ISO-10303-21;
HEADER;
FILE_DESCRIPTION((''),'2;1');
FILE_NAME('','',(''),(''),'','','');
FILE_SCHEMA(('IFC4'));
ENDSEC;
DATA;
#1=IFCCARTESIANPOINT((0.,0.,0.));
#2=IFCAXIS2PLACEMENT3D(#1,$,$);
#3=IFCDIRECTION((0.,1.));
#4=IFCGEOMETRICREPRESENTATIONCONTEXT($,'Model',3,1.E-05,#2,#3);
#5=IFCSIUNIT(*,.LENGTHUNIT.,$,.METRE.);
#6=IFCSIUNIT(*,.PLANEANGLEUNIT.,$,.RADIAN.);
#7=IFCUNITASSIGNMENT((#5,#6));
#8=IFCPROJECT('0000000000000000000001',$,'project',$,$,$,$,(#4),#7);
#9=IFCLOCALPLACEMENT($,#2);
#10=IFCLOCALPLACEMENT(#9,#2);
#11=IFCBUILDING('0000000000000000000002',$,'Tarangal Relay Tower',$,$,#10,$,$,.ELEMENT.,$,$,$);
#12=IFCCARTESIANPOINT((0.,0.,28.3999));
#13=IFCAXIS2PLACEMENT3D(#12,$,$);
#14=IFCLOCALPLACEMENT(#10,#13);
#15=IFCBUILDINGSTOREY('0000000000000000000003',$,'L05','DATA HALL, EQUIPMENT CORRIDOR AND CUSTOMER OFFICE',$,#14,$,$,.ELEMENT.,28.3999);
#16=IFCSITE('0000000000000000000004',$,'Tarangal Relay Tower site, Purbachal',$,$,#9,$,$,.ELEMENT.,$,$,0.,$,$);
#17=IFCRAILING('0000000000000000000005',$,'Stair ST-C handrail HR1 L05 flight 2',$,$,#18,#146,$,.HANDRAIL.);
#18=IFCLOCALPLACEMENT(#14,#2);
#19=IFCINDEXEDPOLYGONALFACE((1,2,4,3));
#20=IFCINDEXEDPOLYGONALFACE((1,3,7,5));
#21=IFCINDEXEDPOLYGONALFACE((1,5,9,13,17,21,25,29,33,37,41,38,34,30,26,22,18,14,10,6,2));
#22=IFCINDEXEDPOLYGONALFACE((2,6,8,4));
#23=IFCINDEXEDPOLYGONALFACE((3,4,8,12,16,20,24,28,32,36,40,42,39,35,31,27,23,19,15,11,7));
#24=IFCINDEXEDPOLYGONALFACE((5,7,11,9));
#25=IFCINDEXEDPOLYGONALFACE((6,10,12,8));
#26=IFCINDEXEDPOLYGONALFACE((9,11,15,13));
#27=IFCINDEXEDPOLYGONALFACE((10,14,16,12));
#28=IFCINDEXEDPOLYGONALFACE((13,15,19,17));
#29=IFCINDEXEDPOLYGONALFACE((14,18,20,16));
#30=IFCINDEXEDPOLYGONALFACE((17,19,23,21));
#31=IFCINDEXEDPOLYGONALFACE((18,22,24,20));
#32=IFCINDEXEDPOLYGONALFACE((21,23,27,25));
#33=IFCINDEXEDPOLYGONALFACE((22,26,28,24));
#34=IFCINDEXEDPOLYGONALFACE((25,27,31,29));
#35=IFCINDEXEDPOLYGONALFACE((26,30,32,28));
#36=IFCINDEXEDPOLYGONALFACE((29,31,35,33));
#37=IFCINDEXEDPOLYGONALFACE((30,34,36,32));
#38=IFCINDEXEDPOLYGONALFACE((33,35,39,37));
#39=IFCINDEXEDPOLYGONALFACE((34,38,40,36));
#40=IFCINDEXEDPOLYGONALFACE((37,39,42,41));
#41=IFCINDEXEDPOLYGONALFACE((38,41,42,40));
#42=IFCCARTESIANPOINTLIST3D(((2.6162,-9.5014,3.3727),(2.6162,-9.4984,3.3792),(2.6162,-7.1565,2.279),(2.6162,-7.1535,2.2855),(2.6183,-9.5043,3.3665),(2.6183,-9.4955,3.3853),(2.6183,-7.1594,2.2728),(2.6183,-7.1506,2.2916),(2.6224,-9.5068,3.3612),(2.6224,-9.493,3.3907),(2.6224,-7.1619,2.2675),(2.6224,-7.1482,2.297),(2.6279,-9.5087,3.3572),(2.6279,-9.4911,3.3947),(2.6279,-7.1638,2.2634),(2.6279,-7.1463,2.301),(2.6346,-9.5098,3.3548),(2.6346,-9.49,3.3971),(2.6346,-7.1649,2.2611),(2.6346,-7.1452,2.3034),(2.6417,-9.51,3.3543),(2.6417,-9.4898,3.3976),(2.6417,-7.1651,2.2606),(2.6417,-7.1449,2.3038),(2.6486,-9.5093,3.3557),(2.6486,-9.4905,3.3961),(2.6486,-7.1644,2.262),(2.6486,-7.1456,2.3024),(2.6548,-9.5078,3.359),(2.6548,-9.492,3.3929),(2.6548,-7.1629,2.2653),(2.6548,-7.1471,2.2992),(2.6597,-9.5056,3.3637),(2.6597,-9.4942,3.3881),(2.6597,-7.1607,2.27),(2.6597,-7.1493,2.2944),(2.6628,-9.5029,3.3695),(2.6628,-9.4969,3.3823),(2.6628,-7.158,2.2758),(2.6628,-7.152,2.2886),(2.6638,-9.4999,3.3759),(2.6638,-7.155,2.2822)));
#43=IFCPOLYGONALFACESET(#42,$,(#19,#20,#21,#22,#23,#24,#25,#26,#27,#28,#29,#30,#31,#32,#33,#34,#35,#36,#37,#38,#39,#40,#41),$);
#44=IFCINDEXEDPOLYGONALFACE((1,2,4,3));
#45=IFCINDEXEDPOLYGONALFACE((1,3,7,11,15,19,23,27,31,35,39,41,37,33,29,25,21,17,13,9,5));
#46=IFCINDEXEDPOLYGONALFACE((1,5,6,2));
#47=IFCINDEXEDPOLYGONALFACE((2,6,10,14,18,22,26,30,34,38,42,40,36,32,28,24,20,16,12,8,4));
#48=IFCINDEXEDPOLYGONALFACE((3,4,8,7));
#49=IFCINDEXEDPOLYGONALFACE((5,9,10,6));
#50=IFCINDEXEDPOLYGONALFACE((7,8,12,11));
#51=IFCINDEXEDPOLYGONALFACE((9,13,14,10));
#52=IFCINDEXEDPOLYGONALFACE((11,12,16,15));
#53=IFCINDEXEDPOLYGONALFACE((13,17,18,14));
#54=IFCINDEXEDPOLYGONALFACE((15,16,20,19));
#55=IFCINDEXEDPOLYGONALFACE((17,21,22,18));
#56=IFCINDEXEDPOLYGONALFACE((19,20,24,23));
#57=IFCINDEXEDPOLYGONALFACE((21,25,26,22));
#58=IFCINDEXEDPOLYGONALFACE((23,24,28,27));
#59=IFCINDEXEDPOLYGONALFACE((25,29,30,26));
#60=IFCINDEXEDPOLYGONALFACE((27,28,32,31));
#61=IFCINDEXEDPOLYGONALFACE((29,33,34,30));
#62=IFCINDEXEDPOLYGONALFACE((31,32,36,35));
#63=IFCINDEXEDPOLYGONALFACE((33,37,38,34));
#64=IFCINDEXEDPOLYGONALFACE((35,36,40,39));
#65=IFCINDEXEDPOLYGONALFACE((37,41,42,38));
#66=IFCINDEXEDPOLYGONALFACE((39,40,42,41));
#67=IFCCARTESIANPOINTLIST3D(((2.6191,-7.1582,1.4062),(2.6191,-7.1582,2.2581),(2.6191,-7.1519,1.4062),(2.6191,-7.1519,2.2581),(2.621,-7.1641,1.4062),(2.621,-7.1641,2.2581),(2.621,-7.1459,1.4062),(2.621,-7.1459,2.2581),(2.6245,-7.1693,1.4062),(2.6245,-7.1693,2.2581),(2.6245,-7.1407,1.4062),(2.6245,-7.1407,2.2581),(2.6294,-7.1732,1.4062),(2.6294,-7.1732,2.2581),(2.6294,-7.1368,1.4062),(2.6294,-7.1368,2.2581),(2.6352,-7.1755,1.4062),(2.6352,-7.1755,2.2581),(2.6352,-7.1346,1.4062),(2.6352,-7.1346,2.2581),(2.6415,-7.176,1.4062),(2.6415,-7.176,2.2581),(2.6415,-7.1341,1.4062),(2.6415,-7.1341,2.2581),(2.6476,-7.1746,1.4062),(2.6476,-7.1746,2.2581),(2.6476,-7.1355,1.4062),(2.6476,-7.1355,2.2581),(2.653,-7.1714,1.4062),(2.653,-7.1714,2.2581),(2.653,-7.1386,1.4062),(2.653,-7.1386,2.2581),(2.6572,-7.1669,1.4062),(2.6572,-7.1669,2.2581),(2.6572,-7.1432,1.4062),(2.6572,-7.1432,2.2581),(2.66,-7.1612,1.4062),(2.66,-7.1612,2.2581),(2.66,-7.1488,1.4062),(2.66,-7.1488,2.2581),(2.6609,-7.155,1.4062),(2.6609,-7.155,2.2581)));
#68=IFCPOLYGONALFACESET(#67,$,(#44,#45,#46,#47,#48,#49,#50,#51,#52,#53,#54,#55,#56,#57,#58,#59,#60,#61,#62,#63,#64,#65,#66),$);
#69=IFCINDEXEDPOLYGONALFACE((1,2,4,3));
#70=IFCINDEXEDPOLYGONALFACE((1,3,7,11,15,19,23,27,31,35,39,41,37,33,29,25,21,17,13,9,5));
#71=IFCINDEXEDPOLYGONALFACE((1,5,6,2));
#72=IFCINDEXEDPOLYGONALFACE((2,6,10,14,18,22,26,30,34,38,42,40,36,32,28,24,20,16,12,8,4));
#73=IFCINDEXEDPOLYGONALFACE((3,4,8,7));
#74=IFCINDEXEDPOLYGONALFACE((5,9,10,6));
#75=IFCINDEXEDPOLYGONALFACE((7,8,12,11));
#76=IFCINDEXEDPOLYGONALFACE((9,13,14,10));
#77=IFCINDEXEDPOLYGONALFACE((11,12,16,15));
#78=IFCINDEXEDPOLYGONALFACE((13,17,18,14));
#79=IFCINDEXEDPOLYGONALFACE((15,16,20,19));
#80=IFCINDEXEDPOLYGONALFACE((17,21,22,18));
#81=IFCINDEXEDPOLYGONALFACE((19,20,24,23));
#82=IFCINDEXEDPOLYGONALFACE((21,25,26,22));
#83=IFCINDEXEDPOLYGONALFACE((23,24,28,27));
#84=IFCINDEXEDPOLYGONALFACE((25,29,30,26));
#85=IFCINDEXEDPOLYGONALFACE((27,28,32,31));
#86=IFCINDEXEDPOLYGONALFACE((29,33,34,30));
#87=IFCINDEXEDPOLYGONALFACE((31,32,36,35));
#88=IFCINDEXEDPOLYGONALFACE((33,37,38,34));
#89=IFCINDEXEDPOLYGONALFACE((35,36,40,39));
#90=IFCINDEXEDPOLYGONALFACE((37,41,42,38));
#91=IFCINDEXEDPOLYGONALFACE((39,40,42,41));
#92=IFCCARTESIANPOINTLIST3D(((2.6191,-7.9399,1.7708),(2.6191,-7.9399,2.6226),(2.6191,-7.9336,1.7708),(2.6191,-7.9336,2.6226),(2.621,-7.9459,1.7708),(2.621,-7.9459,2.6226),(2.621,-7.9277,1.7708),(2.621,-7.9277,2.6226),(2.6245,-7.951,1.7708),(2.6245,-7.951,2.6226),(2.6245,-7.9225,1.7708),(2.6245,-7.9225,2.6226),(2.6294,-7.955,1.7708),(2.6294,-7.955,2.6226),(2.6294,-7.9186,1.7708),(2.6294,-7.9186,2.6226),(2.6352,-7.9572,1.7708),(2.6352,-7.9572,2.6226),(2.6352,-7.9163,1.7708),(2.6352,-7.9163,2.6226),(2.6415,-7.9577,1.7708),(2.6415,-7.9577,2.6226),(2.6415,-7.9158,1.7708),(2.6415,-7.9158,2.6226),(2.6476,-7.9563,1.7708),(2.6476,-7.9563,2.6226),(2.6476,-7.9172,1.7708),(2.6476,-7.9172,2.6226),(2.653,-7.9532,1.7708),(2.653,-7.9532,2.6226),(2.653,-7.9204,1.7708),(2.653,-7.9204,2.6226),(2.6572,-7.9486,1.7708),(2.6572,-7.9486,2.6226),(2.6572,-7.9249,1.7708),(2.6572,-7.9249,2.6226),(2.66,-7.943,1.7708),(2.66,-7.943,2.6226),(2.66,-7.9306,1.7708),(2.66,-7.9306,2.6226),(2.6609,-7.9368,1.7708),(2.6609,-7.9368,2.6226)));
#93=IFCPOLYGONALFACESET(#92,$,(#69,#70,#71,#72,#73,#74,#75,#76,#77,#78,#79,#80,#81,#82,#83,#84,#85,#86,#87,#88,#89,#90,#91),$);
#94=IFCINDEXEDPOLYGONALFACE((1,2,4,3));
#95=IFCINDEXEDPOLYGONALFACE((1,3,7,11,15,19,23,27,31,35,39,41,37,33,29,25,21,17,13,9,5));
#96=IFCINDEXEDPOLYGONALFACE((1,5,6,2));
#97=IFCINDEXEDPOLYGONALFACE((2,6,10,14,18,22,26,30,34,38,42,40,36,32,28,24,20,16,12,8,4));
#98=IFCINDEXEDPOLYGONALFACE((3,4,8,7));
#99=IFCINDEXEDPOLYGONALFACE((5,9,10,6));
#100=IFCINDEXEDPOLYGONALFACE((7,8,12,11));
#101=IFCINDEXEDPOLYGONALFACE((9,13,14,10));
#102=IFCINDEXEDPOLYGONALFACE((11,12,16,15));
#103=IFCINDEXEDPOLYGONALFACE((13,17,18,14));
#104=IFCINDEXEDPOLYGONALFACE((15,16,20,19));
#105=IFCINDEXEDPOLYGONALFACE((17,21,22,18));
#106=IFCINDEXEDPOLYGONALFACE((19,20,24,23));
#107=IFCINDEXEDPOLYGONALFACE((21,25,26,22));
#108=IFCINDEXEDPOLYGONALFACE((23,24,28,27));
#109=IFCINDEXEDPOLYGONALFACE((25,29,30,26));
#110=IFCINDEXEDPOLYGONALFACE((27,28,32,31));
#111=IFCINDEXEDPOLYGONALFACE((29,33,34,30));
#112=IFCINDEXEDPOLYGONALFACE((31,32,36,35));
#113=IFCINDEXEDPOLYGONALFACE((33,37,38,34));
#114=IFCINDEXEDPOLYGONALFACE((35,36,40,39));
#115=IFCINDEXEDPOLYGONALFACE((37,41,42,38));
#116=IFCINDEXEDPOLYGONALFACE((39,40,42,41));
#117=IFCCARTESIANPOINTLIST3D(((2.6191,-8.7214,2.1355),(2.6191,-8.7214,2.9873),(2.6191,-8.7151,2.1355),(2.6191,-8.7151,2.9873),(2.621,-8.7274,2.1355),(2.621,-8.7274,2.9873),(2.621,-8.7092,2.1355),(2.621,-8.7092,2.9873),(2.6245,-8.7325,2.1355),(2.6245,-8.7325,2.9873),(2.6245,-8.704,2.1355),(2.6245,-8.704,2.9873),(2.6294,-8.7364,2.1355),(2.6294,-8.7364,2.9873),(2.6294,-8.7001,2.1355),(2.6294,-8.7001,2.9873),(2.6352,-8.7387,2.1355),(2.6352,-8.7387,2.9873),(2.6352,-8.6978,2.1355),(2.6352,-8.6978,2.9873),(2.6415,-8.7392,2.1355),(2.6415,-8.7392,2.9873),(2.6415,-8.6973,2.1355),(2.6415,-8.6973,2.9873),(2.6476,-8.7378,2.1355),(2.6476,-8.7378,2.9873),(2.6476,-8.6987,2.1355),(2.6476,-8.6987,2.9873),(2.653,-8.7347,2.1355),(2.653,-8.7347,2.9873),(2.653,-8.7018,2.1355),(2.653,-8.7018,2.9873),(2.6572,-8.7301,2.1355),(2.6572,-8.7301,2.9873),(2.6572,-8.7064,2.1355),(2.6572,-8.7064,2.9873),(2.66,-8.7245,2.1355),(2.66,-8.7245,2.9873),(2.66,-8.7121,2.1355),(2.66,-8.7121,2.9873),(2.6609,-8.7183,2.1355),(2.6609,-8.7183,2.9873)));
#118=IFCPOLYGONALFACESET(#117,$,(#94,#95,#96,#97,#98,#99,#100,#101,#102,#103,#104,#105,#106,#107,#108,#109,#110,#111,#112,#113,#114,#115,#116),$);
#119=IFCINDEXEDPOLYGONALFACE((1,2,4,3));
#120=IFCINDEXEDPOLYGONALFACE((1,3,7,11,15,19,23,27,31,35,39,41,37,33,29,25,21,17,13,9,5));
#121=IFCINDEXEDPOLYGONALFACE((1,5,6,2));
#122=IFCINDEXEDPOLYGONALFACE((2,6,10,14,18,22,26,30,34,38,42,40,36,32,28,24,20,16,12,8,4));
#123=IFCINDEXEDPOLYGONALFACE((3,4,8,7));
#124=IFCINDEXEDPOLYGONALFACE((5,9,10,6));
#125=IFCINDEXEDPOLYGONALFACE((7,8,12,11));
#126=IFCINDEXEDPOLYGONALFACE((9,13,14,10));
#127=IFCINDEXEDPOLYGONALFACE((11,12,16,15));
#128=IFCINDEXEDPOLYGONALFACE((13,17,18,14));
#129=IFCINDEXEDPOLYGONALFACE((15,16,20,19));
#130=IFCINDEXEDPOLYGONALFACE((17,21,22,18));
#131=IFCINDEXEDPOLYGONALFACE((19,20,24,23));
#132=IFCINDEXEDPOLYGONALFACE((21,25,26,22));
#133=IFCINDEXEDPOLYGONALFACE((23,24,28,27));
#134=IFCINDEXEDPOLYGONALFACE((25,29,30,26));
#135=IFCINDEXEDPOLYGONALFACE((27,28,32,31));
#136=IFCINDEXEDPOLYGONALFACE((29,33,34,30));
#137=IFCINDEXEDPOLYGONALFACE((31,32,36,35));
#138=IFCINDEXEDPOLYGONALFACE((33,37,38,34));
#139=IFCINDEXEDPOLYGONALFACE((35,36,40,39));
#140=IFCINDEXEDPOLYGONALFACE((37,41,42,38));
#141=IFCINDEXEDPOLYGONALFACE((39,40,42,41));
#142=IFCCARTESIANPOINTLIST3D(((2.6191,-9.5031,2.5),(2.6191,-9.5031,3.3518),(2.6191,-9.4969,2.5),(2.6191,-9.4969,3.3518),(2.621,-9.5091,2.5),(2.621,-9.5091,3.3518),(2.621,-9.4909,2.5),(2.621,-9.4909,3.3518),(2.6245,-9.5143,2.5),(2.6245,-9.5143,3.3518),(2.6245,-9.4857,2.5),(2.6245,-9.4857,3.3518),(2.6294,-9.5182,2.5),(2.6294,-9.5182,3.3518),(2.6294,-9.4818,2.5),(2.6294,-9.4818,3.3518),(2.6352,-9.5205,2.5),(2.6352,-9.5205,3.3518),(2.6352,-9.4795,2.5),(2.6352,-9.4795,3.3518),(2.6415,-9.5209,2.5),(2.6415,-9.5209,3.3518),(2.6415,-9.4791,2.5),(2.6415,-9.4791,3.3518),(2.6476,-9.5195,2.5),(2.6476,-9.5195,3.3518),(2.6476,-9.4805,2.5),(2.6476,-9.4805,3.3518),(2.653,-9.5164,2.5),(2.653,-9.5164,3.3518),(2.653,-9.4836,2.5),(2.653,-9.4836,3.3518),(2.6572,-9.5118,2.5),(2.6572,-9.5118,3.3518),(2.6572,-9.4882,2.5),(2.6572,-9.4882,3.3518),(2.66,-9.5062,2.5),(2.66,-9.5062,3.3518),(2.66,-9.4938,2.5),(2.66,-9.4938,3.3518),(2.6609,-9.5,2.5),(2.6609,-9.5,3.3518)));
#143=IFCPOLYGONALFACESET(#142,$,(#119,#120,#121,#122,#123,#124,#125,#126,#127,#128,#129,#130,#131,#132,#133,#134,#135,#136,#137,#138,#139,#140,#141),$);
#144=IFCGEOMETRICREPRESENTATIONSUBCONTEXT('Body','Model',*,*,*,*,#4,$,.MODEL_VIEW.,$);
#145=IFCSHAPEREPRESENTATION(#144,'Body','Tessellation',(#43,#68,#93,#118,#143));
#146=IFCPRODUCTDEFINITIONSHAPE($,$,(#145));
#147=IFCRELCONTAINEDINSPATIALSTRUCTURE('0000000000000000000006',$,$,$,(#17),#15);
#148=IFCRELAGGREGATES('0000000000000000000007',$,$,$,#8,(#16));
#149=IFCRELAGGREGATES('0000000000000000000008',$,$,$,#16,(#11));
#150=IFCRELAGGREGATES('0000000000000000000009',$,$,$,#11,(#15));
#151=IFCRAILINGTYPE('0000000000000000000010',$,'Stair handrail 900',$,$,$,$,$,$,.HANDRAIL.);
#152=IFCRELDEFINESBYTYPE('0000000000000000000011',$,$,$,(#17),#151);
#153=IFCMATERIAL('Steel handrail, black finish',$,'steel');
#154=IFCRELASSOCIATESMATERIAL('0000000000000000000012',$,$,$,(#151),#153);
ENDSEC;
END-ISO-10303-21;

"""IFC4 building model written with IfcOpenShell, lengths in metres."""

from ifc_helpers import new_model, si_unit, direction, frame, origin, origin_2d, place, context, subcontext, project, spatial, circle, extrude, material, type_object, element, save


model = new_model("IFC4")

# Units and contexts
model_context = context("Model", 3, precision=1e-05, world=origin(), true_north=direction((0.0, 1.0)))
body_context = subcontext(model_context, "Body", "Model", "MODEL_VIEW")
ifc_project = project(units=[si_unit("LENGTHUNIT", "METRE"), si_unit("PLANEANGLEUNIT", "RADIAN")], contexts=[model_context])

# Site, building, storey
site_placement = place(None, origin())
site = spatial("IfcSite", under=ifc_project, at=site_placement, Name="Tarangal Relay Tower site, Purbachal", CompositionType="ELEMENT", RefElevation=0.0)
building_placement = place(site_placement, origin())
building = spatial("IfcBuilding", under=site, at=building_placement, Name="Tarangal Relay Tower", CompositionType="ELEMENT")
storey_placement = place(building_placement, frame((0.0, 0.0, 28.3999)))
storey = spatial("IfcBuildingStorey", under=building, at=storey_placement, Name="L05", Description="DATA HALL, EQUIPMENT CORRIDOR AND CUSTOMER OFFICE", CompositionType="ELEMENT", Elevation=28.3999)

# Railing
ifc_material_1 = material(Name="Steel handrail, black finish", Category="steel")
railing_type_1 = type_object("IfcRailingType", Name="Stair handrail 900", PredefinedType="HANDRAIL", material=ifc_material_1)
for number, where, name in (
    (1, (2.6399, -7.155, 1.4062), "Stair ST-C handrail HR1 L05 flight 2"),
):
    element("IfcRailing", number, at=place(storey_placement, frame(where)), inside=storey, type_object=railing_type_1, Name=name, PredefinedType="HANDRAIL", context=body_context, shape_type="SweptSolid", body=[
        extrude(circle(Radius=0.0239, at=origin_2d()), frame((0.0, 0.0, 0.876), z_axis=(0.0, -0.906267, 0.422705), x_axis=(1.0, 0.0, 0.0)), (0.0, 0.0, 1.0), 2.5874),
        extrude(circle(Radius=0.021, at=origin_2d()), origin(), (0.0, 0.0, 1.0), 0.8518),
        extrude(circle(Radius=0.021, at=origin_2d()), frame((0.0, -0.7817, 0.3645)), (0.0, 0.0, 1.0), 0.8518),
        extrude(circle(Radius=0.021, at=origin_2d()), frame((0.0, -1.5632, 0.7292)), (0.0, 0.0, 1.0), 0.8518),
        extrude(circle(Radius=0.021, at=origin_2d()), frame((0.0, -2.345, 1.0938)), (0.0, 0.0, 1.0), 0.8518),
    ])

save(model, "model.ifc")
